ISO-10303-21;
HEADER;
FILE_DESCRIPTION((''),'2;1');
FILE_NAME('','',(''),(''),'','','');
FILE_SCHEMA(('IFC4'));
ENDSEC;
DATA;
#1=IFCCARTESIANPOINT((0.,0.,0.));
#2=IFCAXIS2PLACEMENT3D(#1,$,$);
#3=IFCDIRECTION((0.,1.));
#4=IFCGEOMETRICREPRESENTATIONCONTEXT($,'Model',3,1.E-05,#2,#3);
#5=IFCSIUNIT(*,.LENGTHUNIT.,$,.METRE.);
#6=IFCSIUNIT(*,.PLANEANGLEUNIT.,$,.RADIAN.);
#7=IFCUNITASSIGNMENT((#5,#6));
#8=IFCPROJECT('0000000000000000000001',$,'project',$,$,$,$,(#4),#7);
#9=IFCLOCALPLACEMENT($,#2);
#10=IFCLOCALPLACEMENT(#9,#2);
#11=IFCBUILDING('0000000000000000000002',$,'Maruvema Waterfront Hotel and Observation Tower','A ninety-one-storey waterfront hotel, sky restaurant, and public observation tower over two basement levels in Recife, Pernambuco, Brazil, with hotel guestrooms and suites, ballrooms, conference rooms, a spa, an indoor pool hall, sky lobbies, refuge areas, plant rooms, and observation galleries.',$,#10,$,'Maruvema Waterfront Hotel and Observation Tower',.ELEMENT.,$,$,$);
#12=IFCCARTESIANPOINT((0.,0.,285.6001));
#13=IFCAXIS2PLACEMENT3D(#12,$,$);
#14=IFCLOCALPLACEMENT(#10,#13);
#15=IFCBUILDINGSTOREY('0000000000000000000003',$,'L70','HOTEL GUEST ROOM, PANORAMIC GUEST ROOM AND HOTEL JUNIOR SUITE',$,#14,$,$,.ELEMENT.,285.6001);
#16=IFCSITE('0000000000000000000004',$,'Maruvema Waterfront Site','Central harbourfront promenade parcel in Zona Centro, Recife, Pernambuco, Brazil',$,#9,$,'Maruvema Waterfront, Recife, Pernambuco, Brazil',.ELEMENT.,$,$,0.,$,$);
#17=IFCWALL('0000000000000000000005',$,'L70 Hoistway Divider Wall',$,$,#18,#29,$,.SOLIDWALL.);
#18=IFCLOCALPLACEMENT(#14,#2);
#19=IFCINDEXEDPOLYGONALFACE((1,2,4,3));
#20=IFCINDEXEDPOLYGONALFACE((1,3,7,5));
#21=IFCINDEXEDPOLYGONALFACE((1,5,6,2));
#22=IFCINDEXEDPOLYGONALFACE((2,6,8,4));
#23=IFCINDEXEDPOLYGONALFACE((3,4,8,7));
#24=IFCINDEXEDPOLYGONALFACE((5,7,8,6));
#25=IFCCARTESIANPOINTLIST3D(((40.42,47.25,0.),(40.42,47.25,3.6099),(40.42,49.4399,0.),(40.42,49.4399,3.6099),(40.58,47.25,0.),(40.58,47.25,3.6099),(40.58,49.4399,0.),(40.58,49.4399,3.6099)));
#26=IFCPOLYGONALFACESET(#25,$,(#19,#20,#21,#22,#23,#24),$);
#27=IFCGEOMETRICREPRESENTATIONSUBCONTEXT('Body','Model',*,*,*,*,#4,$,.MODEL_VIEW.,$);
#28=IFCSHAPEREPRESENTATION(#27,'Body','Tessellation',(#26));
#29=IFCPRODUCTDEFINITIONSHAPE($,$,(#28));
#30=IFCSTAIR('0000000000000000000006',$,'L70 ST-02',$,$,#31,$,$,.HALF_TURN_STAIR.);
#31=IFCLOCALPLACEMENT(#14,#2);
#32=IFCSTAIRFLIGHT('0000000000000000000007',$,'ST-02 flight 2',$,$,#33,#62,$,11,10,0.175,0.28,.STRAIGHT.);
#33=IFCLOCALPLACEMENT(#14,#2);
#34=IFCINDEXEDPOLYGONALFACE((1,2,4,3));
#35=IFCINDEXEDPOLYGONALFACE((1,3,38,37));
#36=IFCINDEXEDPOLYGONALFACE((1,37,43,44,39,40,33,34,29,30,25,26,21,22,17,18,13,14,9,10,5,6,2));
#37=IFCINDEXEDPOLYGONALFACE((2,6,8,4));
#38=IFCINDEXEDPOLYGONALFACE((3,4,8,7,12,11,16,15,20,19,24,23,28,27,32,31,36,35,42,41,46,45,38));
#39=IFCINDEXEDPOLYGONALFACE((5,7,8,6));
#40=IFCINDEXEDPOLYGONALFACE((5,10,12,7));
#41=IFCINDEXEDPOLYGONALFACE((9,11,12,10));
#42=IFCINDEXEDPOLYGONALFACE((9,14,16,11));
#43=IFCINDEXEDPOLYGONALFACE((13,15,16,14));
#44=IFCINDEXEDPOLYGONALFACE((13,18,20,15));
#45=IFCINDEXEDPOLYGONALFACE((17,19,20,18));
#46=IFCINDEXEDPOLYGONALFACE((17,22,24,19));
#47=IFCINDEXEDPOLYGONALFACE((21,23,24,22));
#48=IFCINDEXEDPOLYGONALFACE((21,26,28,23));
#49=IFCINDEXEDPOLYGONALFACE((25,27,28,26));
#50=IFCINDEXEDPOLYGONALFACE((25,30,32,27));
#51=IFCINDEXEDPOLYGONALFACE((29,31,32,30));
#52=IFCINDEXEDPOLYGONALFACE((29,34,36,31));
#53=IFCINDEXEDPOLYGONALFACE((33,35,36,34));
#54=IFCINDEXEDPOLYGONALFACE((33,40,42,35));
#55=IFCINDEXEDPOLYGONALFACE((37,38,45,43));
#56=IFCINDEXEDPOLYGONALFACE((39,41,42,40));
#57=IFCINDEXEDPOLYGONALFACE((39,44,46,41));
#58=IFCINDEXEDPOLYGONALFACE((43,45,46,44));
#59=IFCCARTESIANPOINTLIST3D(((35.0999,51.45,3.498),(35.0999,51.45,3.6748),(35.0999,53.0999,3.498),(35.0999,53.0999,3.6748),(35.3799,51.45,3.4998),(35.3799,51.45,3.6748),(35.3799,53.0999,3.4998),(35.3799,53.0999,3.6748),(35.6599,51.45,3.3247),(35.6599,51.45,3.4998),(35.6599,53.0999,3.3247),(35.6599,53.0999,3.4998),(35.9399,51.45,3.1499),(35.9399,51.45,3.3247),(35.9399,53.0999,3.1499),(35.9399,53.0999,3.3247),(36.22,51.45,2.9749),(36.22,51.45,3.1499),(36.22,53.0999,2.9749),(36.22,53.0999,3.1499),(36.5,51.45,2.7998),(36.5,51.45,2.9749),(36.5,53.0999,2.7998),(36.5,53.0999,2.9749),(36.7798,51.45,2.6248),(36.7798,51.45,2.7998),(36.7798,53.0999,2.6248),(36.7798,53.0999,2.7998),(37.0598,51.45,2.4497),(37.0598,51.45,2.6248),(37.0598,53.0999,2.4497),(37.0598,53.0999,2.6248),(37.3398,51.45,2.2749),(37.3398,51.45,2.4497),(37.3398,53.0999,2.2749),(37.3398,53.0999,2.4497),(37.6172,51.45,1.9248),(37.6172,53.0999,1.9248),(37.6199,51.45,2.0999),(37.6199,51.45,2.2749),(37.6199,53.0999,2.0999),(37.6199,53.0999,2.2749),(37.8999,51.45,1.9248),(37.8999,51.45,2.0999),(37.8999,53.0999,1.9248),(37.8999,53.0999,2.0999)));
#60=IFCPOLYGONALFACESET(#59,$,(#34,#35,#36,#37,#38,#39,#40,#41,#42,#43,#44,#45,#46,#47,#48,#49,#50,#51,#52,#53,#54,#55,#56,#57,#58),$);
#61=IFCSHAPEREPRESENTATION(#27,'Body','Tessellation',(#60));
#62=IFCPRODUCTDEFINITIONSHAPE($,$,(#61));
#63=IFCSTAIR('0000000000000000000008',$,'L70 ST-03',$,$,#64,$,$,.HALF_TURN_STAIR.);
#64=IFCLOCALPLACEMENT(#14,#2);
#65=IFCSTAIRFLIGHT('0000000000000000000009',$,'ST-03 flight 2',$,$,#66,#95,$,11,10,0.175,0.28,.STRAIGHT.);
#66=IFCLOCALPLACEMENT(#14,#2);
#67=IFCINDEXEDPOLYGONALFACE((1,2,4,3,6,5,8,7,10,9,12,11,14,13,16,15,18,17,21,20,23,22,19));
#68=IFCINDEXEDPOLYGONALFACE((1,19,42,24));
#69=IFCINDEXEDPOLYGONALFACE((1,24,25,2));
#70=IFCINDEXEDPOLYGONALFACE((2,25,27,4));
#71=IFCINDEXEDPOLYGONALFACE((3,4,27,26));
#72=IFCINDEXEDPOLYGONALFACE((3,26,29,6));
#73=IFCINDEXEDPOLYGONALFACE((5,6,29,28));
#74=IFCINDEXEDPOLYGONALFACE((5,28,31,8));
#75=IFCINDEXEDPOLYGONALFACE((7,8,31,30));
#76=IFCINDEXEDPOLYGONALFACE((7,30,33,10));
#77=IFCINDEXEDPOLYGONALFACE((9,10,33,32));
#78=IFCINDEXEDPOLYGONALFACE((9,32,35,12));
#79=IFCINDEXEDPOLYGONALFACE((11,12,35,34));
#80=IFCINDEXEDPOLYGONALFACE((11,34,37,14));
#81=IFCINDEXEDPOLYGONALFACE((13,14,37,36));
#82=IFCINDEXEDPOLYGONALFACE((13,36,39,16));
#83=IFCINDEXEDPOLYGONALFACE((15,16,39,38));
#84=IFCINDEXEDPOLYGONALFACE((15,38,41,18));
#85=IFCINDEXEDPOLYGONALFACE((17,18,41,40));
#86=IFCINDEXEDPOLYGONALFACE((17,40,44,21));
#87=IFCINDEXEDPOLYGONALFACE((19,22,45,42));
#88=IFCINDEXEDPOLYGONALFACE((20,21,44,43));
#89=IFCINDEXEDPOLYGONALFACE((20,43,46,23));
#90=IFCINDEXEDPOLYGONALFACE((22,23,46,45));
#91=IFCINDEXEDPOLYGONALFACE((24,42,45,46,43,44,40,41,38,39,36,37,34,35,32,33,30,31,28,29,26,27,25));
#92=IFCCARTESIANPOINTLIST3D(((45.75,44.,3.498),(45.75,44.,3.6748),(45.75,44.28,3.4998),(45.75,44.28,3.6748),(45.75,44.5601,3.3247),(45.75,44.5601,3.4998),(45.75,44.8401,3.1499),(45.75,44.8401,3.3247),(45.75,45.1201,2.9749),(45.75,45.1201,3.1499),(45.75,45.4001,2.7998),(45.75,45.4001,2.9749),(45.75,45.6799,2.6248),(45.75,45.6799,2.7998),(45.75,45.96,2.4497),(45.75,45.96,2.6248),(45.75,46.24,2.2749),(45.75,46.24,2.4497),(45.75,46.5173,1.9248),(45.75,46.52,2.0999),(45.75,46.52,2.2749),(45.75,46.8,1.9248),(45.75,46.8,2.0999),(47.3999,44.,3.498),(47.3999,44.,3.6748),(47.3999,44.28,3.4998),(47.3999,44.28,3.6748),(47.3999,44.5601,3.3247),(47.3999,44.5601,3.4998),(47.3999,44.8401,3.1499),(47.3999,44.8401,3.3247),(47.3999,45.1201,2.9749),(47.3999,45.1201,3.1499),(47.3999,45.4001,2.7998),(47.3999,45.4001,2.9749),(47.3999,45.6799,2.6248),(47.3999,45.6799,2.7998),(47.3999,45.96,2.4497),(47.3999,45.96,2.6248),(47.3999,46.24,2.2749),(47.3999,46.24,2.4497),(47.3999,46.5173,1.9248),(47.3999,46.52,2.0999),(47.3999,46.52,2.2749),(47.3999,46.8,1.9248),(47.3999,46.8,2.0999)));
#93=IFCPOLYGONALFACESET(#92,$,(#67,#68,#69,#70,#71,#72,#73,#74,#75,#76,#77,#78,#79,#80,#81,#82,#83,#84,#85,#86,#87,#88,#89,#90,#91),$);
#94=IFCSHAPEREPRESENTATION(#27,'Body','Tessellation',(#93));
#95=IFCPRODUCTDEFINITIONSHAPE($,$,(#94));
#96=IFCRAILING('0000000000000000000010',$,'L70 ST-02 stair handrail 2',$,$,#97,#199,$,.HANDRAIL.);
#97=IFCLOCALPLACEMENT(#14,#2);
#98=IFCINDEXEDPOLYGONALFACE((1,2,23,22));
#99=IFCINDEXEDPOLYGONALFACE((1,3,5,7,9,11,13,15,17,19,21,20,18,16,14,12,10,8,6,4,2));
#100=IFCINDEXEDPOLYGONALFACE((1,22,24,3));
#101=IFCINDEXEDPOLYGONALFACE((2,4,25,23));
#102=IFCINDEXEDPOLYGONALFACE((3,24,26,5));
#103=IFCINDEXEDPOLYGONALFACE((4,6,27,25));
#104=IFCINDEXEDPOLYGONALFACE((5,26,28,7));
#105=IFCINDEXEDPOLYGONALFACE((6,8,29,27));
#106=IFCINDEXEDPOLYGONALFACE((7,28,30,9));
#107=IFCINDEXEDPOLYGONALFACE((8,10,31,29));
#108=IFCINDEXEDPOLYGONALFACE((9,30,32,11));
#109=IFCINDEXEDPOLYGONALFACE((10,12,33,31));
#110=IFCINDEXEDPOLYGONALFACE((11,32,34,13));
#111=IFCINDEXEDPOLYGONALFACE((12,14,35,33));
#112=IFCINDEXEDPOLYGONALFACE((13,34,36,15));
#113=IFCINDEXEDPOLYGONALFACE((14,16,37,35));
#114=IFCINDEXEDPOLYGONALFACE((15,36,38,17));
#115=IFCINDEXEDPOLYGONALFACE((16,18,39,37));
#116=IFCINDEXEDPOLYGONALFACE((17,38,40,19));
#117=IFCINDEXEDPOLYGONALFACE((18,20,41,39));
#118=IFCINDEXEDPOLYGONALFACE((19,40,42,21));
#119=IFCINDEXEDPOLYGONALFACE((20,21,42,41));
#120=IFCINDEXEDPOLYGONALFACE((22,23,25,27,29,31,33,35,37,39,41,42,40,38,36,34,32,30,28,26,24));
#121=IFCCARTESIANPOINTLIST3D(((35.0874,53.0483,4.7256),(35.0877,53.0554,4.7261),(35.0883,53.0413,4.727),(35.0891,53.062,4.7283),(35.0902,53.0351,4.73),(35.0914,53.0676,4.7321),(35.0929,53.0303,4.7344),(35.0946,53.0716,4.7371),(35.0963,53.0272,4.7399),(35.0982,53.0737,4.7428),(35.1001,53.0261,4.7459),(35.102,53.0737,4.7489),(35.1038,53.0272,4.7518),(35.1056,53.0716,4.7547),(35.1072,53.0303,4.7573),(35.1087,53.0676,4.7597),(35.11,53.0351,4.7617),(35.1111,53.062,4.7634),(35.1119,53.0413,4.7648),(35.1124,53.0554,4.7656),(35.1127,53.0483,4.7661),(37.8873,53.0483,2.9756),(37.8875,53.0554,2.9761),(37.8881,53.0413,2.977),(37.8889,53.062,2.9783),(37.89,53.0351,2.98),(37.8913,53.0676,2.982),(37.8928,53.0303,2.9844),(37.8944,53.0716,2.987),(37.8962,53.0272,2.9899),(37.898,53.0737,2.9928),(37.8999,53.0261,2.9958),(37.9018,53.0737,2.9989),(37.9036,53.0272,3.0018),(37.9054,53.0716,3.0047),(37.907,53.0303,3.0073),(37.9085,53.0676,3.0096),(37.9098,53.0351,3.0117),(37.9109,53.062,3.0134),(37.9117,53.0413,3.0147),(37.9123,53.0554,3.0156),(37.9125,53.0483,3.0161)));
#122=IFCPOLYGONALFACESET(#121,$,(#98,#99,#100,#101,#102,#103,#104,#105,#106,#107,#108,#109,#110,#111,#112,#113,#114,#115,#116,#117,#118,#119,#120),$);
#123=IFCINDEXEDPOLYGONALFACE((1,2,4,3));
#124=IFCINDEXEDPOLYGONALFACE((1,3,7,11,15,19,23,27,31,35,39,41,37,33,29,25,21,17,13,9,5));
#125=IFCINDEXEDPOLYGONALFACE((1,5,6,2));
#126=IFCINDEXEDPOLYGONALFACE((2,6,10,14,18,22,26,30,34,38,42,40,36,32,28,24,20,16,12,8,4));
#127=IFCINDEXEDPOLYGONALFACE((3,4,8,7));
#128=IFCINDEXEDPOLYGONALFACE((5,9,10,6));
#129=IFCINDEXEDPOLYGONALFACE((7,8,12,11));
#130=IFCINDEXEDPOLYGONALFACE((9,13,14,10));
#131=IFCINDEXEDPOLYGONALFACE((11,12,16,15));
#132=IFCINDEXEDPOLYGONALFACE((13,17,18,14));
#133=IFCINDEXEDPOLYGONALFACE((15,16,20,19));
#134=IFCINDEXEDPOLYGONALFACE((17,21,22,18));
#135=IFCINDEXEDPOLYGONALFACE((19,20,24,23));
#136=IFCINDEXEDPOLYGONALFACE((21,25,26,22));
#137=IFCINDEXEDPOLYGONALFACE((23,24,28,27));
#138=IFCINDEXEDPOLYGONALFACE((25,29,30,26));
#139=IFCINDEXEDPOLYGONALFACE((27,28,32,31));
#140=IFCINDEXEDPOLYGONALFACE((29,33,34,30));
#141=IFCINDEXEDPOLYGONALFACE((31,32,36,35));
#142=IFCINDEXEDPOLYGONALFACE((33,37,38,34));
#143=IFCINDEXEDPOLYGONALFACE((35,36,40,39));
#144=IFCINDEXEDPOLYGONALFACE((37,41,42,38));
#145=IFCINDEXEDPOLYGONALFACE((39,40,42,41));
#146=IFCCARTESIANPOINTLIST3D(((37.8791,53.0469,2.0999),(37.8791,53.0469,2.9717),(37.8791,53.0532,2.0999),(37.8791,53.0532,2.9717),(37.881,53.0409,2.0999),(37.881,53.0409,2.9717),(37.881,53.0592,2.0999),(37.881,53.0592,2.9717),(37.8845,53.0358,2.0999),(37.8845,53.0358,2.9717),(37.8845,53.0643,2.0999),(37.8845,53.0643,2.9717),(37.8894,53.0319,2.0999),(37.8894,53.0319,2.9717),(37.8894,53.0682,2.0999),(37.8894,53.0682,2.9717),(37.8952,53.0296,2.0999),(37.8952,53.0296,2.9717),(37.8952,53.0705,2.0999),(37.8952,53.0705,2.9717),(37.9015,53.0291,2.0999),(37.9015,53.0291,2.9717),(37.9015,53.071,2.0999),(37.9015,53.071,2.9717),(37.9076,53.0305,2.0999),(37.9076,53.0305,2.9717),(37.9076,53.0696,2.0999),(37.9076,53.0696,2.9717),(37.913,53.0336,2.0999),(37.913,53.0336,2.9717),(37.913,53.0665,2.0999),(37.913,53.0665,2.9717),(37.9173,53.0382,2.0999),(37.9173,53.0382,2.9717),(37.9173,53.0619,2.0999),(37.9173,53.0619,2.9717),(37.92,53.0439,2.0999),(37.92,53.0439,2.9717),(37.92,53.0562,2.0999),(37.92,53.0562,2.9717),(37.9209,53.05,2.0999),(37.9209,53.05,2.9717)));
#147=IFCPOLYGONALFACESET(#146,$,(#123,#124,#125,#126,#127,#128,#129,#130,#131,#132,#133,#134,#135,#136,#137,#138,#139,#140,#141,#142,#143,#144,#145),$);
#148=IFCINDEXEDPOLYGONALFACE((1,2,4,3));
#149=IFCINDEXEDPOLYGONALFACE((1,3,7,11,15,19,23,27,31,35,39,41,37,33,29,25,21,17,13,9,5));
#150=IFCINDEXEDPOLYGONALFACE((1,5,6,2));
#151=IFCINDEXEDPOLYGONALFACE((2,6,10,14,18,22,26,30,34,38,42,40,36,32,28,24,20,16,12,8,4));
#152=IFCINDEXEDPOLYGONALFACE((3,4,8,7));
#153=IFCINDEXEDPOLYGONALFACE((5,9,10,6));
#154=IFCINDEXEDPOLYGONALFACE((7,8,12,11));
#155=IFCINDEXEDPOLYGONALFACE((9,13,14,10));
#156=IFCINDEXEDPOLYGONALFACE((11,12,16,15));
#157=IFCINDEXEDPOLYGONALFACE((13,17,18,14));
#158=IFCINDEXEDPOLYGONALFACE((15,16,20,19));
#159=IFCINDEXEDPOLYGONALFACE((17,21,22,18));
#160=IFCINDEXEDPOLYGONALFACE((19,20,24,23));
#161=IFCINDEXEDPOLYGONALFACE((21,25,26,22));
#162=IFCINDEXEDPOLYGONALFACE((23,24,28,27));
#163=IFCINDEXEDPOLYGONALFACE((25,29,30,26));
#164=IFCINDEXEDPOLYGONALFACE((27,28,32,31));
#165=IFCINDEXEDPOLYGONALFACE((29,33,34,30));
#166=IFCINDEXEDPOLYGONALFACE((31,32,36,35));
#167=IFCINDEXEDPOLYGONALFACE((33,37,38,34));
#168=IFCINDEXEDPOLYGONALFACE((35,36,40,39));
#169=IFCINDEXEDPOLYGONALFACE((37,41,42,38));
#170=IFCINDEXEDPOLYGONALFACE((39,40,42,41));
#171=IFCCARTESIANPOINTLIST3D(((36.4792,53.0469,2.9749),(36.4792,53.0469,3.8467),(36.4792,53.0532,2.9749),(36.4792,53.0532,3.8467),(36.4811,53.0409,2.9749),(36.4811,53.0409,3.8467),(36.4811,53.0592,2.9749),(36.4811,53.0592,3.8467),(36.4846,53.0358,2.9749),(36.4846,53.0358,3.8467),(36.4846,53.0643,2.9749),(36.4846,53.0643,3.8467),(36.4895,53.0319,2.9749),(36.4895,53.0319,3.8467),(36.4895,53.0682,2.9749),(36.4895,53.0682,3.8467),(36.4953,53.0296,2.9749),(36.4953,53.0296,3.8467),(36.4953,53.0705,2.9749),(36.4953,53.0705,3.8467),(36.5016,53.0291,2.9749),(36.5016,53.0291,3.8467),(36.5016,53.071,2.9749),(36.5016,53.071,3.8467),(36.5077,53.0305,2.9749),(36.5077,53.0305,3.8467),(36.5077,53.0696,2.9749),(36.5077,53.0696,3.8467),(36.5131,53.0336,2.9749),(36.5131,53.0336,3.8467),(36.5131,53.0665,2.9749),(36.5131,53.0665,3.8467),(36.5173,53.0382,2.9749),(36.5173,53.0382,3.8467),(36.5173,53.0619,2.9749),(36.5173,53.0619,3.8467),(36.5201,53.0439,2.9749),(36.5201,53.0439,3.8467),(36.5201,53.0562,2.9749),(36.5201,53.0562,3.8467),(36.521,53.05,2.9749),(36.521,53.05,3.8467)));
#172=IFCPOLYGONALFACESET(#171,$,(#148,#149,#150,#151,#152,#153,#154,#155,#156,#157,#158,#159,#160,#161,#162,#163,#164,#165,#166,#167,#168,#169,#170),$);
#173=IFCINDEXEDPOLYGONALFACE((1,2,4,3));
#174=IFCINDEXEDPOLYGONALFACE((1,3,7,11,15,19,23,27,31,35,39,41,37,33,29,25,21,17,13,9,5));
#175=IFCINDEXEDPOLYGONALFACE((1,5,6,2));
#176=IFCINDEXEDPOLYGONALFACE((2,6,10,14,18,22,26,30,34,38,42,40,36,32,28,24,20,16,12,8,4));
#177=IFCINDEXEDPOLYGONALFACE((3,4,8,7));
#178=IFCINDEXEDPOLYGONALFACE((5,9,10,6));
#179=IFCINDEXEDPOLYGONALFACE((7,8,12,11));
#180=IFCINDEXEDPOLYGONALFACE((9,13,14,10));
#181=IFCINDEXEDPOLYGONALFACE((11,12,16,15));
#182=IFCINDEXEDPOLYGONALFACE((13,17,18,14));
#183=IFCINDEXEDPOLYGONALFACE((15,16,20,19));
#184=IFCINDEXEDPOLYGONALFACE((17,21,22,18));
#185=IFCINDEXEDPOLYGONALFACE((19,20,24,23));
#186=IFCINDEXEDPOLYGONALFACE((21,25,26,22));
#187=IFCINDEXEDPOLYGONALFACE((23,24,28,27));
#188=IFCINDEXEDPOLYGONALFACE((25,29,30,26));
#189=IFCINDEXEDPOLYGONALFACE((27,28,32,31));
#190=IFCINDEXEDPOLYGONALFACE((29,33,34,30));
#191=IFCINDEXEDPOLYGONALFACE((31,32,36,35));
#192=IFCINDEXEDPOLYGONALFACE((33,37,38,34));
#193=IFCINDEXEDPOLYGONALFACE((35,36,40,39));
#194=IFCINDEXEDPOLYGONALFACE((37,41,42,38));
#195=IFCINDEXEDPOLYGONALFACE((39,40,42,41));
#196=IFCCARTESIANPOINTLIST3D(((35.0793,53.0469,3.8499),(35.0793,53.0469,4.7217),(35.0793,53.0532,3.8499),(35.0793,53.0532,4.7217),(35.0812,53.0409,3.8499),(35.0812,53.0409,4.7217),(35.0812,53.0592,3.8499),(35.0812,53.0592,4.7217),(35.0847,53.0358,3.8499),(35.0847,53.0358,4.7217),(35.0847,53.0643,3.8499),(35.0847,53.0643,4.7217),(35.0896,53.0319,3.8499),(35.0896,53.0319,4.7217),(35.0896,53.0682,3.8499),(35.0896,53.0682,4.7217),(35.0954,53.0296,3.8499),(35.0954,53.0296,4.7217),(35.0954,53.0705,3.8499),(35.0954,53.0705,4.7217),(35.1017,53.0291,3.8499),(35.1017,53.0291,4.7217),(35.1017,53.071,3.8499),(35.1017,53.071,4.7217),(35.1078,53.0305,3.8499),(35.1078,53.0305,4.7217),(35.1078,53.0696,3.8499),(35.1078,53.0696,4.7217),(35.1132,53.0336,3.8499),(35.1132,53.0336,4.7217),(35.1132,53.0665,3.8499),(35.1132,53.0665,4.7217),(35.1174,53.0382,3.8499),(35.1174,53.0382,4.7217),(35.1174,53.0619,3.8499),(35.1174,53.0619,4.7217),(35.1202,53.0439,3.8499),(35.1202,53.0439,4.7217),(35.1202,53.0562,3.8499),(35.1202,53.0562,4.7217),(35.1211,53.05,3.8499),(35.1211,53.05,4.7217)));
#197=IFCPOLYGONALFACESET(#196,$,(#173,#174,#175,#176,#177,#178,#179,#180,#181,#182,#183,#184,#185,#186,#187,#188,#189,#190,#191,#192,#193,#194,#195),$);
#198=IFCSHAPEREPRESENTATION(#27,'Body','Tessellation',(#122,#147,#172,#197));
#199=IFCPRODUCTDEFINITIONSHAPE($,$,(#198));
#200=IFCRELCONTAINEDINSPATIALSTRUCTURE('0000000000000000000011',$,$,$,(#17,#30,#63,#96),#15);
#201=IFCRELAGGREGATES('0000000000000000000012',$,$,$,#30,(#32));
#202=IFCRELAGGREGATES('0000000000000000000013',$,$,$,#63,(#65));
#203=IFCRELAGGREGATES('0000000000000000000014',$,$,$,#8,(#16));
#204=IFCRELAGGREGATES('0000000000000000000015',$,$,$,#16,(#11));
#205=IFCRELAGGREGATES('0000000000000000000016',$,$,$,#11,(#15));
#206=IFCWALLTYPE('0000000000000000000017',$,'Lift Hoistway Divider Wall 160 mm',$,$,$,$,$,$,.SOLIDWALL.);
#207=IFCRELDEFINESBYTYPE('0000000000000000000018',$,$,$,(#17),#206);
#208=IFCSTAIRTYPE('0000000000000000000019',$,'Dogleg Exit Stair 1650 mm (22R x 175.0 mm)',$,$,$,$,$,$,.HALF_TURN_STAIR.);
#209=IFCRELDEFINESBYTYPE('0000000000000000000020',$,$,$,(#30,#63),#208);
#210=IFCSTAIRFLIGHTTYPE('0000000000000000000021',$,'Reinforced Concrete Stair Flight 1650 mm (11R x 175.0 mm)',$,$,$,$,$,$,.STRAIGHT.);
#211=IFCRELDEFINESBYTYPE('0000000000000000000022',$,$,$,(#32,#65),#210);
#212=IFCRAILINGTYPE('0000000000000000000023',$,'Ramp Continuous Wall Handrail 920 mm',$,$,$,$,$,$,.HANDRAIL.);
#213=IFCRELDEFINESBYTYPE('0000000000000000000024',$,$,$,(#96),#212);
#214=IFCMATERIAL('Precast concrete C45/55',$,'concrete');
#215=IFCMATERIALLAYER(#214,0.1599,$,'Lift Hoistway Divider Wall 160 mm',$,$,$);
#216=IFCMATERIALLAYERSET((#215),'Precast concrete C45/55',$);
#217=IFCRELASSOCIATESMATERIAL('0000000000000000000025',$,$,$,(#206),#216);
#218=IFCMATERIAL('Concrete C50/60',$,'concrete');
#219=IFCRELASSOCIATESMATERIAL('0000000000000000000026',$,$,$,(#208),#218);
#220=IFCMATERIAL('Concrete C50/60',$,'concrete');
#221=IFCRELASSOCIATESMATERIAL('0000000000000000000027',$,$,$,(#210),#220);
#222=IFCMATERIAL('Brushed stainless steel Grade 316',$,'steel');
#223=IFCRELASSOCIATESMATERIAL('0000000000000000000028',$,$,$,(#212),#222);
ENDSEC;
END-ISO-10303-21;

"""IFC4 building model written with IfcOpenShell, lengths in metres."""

from ifc_helpers import new_model, si_unit, direction, frame, frame_2d, origin, origin_2d, place, context, subcontext, project, spatial, polyline, rectangle, circle, outline, extrude, material, layer, layer_set, type_object, element, aggregate, save


model = new_model("IFC4")

# Units and contexts
model_context = context("Model", 3, precision=1e-05, world=origin(), true_north=direction((0.0, 1.0)))
body_context = subcontext(model_context, "Body", "Model", "MODEL_VIEW")
ifc_project = project(units=[si_unit("LENGTHUNIT", "METRE"), si_unit("PLANEANGLEUNIT", "RADIAN")], contexts=[model_context])

# Site, building, storey
site_placement = place(None, origin())
site = spatial("IfcSite", under=ifc_project, at=site_placement, Name="Maruvema Waterfront Site", Description="Central harbourfront promenade parcel in Zona Centro, Recife, Pernambuco, Brazil", LongName="Maruvema Waterfront, Recife, Pernambuco, Brazil", CompositionType="ELEMENT", RefElevation=0.0)
building_placement = place(site_placement, origin())
building = spatial("IfcBuilding", under=site, at=building_placement, Name="Maruvema Waterfront Hotel and Observation Tower", Description="A ninety-one-storey waterfront hotel, sky restaurant, and public observation tower over two basement levels in Recife, Pernambuco, Brazil, with hotel guestrooms and suites, ballrooms, conference rooms, a spa, an indoor pool hall, sky lobbies, refuge areas, plant rooms, and observation galleries.", LongName="Maruvema Waterfront Hotel and Observation Tower", CompositionType="ELEMENT")
storey_placement = place(building_placement, frame((0.0, 0.0, 285.6001)))
storey = spatial("IfcBuildingStorey", under=building, at=storey_placement, Name="L70", Description="HOTEL GUEST ROOM, PANORAMIC GUEST ROOM AND HOTEL JUNIOR SUITE", CompositionType="ELEMENT", Elevation=285.6001)

# Wall
ifc_material_1 = material(Name="Precast concrete C45/55", Category="concrete")
ifc_layer_1 = layer(ifc_material_1, 0.1599, Name="Lift Hoistway Divider Wall 160 mm")
ifc_layer_set_1 = layer_set([ifc_layer_1], Name="Precast concrete C45/55")
wall_type_1 = type_object("IfcWallType", Name="Lift Hoistway Divider Wall 160 mm", PredefinedType="SOLIDWALL", material=ifc_layer_set_1)
for number, where, z_axis, x_axis, name in (
    (1, (40.5, 47.25, 0.0), (0.0, 0.0, 1.0), (0.0, 1.0, 0.0), "L70 Hoistway Divider Wall"),
):
    element("IfcWall", number, at=place(storey_placement, frame(where, z_axis=z_axis, x_axis=x_axis)), inside=storey, type_object=wall_type_1, Name=name, PredefinedType="SOLIDWALL", context=body_context, shape_type="SweptSolid", body=[
        extrude(rectangle(XDim=2.1899, YDim=0.1599, at=frame_2d((1.095, 0.0))), origin(), (0.0, 0.0, 1.0), 3.6099),
    ])

# Stairs, stair flights
ifc_material_2 = material(Name="Concrete C50/60", Category="concrete")
stair_type = type_object("IfcStairType", Name="Dogleg Exit Stair 1650 mm (22R x 175.0 mm)", PredefinedType="HALF_TURN_STAIR", material=ifc_material_2)
stair_1_placement = place(storey_placement, origin())
stair_1 = element("IfcStair", 2, at=stair_1_placement, inside=storey, type_object=stair_type, Name="L70 ST-02", PredefinedType="HALF_TURN_STAIR")
ifc_material_3 = material(Name="Concrete C50/60", Category="concrete")
stair_flight_type = type_object("IfcStairFlightType", Name="Reinforced Concrete Stair Flight 1650 mm (11R x 175.0 mm)", PredefinedType="STRAIGHT", material=ifc_material_3)
stair_flight_1_placement = place(storey_placement, frame((37.8999, 52.2749, 1.9248), z_axis=(0.0, 0.0, 1.0), x_axis=(-1.0, 0.0, 0.0)))
stair_flight_1 = element("IfcStairFlight", 3, at=stair_flight_1_placement, type_object=stair_flight_type, Name="ST-02 flight 2", NumberOfRisers=11, NumberOfTreads=10, PredefinedType="STRAIGHT", RiserHeight=0.175, TreadLength=0.28, context=body_context, shape_type="SweptSolid", body=[
    extrude(outline(polyline([(0.0, 0.0), (0.0, 0.175), (0.28, 0.175), (0.28, 0.3501), (0.5601, 0.3501), (0.5601, 0.5249), (0.8401, 0.5249), (0.8401, 0.7), (1.1201, 0.7), (1.1201, 0.875), (1.3999, 0.875), (1.3999, 1.05), (1.6799, 1.05), (1.6799, 1.2251), (1.96, 1.2251), (1.96, 1.3999), (2.24, 1.3999), (2.24, 1.575), (2.52, 1.575), (2.52, 1.75), (2.8, 1.75), (2.8, 1.925), (2.8, 1.5732), (0.2827, 0.0), (0.0, 0.0)])), frame((0.0, 0.825, 0.0), z_axis=(0.0, -1.0, 0.0), x_axis=(1.0, 0.0, 0.0)), (0.0, 0.0, 1.0), 1.6499),
])
aggregate(stair_1, [stair_flight_1])
stair_2_placement = place(storey_placement, origin())
stair_2 = element("IfcStair", 4, at=stair_2_placement, inside=storey, type_object=stair_type, Name="L70 ST-03", PredefinedType="HALF_TURN_STAIR")
stair_flight_2_placement = place(storey_placement, frame((46.575, 46.8, 1.9248), z_axis=(0.0, 0.0, 1.0), x_axis=(0.0, -1.0, 0.0)))
stair_flight_2 = element("IfcStairFlight", 5, at=stair_flight_2_placement, type_object=stair_flight_type, Name="ST-03 flight 2", NumberOfRisers=11, NumberOfTreads=10, PredefinedType="STRAIGHT", RiserHeight=0.175, TreadLength=0.28, context=body_context, shape_type="SweptSolid", body=[
    extrude(outline(polyline([(0.0, 0.0), (0.0, 0.175), (0.28, 0.175), (0.28, 0.3501), (0.5601, 0.3501), (0.5601, 0.5249), (0.8401, 0.5249), (0.8401, 0.7), (1.1201, 0.7), (1.1201, 0.875), (1.3999, 0.875), (1.3999, 1.05), (1.6799, 1.05), (1.6799, 1.2251), (1.96, 1.2251), (1.96, 1.3999), (2.24, 1.3999), (2.24, 1.575), (2.52, 1.575), (2.52, 1.75), (2.8, 1.75), (2.8, 1.925), (2.8, 1.5732), (0.2827, 0.0), (0.0, 0.0)])), frame((0.0, 0.825, 0.0), z_axis=(0.0, -1.0, 0.0), x_axis=(1.0, 0.0, 0.0)), (0.0, 0.0, 1.0), 1.6499),
])
aggregate(stair_2, [stair_flight_2])

# Railing
ifc_material_4 = material(Name="Brushed stainless steel Grade 316", Category="steel")
railing_type_1 = type_object("IfcRailingType", Name="Ramp Continuous Wall Handrail 920 mm", PredefinedType="HANDRAIL", material=ifc_material_4)
railing_1_placement = place(storey_placement, frame((37.8999, 53.05, 2.0999)))
element("IfcRailing", 6, at=railing_1_placement, inside=storey, type_object=railing_type_1, Name="L70 ST-02 stair handrail 2", PredefinedType="HANDRAIL", context=body_context, shape_type="SweptSolid", body=[
    extrude(circle(Radius=0.0239, at=origin_2d()), frame((0.0, 0.0, 0.896), z_axis=(-0.847982, 0.0, 0.530026), x_axis=(0.0, -1.0, 0.0)), (0.0, 0.0, 1.0), 3.3018),
    extrude(circle(Radius=0.021, at=origin_2d()), origin(), (0.0, 0.0, 1.0), 0.8718),
    extrude(circle(Radius=0.021, at=origin_2d()), frame((-1.3999, 0.0, 0.875)), (0.0, 0.0, 1.0), 0.8718),
    extrude(circle(Radius=0.021, at=origin_2d()), frame((-2.7998, 0.0, 1.75)), (0.0, 0.0, 1.0), 0.8718),
])

save(model, "model.ifc")
